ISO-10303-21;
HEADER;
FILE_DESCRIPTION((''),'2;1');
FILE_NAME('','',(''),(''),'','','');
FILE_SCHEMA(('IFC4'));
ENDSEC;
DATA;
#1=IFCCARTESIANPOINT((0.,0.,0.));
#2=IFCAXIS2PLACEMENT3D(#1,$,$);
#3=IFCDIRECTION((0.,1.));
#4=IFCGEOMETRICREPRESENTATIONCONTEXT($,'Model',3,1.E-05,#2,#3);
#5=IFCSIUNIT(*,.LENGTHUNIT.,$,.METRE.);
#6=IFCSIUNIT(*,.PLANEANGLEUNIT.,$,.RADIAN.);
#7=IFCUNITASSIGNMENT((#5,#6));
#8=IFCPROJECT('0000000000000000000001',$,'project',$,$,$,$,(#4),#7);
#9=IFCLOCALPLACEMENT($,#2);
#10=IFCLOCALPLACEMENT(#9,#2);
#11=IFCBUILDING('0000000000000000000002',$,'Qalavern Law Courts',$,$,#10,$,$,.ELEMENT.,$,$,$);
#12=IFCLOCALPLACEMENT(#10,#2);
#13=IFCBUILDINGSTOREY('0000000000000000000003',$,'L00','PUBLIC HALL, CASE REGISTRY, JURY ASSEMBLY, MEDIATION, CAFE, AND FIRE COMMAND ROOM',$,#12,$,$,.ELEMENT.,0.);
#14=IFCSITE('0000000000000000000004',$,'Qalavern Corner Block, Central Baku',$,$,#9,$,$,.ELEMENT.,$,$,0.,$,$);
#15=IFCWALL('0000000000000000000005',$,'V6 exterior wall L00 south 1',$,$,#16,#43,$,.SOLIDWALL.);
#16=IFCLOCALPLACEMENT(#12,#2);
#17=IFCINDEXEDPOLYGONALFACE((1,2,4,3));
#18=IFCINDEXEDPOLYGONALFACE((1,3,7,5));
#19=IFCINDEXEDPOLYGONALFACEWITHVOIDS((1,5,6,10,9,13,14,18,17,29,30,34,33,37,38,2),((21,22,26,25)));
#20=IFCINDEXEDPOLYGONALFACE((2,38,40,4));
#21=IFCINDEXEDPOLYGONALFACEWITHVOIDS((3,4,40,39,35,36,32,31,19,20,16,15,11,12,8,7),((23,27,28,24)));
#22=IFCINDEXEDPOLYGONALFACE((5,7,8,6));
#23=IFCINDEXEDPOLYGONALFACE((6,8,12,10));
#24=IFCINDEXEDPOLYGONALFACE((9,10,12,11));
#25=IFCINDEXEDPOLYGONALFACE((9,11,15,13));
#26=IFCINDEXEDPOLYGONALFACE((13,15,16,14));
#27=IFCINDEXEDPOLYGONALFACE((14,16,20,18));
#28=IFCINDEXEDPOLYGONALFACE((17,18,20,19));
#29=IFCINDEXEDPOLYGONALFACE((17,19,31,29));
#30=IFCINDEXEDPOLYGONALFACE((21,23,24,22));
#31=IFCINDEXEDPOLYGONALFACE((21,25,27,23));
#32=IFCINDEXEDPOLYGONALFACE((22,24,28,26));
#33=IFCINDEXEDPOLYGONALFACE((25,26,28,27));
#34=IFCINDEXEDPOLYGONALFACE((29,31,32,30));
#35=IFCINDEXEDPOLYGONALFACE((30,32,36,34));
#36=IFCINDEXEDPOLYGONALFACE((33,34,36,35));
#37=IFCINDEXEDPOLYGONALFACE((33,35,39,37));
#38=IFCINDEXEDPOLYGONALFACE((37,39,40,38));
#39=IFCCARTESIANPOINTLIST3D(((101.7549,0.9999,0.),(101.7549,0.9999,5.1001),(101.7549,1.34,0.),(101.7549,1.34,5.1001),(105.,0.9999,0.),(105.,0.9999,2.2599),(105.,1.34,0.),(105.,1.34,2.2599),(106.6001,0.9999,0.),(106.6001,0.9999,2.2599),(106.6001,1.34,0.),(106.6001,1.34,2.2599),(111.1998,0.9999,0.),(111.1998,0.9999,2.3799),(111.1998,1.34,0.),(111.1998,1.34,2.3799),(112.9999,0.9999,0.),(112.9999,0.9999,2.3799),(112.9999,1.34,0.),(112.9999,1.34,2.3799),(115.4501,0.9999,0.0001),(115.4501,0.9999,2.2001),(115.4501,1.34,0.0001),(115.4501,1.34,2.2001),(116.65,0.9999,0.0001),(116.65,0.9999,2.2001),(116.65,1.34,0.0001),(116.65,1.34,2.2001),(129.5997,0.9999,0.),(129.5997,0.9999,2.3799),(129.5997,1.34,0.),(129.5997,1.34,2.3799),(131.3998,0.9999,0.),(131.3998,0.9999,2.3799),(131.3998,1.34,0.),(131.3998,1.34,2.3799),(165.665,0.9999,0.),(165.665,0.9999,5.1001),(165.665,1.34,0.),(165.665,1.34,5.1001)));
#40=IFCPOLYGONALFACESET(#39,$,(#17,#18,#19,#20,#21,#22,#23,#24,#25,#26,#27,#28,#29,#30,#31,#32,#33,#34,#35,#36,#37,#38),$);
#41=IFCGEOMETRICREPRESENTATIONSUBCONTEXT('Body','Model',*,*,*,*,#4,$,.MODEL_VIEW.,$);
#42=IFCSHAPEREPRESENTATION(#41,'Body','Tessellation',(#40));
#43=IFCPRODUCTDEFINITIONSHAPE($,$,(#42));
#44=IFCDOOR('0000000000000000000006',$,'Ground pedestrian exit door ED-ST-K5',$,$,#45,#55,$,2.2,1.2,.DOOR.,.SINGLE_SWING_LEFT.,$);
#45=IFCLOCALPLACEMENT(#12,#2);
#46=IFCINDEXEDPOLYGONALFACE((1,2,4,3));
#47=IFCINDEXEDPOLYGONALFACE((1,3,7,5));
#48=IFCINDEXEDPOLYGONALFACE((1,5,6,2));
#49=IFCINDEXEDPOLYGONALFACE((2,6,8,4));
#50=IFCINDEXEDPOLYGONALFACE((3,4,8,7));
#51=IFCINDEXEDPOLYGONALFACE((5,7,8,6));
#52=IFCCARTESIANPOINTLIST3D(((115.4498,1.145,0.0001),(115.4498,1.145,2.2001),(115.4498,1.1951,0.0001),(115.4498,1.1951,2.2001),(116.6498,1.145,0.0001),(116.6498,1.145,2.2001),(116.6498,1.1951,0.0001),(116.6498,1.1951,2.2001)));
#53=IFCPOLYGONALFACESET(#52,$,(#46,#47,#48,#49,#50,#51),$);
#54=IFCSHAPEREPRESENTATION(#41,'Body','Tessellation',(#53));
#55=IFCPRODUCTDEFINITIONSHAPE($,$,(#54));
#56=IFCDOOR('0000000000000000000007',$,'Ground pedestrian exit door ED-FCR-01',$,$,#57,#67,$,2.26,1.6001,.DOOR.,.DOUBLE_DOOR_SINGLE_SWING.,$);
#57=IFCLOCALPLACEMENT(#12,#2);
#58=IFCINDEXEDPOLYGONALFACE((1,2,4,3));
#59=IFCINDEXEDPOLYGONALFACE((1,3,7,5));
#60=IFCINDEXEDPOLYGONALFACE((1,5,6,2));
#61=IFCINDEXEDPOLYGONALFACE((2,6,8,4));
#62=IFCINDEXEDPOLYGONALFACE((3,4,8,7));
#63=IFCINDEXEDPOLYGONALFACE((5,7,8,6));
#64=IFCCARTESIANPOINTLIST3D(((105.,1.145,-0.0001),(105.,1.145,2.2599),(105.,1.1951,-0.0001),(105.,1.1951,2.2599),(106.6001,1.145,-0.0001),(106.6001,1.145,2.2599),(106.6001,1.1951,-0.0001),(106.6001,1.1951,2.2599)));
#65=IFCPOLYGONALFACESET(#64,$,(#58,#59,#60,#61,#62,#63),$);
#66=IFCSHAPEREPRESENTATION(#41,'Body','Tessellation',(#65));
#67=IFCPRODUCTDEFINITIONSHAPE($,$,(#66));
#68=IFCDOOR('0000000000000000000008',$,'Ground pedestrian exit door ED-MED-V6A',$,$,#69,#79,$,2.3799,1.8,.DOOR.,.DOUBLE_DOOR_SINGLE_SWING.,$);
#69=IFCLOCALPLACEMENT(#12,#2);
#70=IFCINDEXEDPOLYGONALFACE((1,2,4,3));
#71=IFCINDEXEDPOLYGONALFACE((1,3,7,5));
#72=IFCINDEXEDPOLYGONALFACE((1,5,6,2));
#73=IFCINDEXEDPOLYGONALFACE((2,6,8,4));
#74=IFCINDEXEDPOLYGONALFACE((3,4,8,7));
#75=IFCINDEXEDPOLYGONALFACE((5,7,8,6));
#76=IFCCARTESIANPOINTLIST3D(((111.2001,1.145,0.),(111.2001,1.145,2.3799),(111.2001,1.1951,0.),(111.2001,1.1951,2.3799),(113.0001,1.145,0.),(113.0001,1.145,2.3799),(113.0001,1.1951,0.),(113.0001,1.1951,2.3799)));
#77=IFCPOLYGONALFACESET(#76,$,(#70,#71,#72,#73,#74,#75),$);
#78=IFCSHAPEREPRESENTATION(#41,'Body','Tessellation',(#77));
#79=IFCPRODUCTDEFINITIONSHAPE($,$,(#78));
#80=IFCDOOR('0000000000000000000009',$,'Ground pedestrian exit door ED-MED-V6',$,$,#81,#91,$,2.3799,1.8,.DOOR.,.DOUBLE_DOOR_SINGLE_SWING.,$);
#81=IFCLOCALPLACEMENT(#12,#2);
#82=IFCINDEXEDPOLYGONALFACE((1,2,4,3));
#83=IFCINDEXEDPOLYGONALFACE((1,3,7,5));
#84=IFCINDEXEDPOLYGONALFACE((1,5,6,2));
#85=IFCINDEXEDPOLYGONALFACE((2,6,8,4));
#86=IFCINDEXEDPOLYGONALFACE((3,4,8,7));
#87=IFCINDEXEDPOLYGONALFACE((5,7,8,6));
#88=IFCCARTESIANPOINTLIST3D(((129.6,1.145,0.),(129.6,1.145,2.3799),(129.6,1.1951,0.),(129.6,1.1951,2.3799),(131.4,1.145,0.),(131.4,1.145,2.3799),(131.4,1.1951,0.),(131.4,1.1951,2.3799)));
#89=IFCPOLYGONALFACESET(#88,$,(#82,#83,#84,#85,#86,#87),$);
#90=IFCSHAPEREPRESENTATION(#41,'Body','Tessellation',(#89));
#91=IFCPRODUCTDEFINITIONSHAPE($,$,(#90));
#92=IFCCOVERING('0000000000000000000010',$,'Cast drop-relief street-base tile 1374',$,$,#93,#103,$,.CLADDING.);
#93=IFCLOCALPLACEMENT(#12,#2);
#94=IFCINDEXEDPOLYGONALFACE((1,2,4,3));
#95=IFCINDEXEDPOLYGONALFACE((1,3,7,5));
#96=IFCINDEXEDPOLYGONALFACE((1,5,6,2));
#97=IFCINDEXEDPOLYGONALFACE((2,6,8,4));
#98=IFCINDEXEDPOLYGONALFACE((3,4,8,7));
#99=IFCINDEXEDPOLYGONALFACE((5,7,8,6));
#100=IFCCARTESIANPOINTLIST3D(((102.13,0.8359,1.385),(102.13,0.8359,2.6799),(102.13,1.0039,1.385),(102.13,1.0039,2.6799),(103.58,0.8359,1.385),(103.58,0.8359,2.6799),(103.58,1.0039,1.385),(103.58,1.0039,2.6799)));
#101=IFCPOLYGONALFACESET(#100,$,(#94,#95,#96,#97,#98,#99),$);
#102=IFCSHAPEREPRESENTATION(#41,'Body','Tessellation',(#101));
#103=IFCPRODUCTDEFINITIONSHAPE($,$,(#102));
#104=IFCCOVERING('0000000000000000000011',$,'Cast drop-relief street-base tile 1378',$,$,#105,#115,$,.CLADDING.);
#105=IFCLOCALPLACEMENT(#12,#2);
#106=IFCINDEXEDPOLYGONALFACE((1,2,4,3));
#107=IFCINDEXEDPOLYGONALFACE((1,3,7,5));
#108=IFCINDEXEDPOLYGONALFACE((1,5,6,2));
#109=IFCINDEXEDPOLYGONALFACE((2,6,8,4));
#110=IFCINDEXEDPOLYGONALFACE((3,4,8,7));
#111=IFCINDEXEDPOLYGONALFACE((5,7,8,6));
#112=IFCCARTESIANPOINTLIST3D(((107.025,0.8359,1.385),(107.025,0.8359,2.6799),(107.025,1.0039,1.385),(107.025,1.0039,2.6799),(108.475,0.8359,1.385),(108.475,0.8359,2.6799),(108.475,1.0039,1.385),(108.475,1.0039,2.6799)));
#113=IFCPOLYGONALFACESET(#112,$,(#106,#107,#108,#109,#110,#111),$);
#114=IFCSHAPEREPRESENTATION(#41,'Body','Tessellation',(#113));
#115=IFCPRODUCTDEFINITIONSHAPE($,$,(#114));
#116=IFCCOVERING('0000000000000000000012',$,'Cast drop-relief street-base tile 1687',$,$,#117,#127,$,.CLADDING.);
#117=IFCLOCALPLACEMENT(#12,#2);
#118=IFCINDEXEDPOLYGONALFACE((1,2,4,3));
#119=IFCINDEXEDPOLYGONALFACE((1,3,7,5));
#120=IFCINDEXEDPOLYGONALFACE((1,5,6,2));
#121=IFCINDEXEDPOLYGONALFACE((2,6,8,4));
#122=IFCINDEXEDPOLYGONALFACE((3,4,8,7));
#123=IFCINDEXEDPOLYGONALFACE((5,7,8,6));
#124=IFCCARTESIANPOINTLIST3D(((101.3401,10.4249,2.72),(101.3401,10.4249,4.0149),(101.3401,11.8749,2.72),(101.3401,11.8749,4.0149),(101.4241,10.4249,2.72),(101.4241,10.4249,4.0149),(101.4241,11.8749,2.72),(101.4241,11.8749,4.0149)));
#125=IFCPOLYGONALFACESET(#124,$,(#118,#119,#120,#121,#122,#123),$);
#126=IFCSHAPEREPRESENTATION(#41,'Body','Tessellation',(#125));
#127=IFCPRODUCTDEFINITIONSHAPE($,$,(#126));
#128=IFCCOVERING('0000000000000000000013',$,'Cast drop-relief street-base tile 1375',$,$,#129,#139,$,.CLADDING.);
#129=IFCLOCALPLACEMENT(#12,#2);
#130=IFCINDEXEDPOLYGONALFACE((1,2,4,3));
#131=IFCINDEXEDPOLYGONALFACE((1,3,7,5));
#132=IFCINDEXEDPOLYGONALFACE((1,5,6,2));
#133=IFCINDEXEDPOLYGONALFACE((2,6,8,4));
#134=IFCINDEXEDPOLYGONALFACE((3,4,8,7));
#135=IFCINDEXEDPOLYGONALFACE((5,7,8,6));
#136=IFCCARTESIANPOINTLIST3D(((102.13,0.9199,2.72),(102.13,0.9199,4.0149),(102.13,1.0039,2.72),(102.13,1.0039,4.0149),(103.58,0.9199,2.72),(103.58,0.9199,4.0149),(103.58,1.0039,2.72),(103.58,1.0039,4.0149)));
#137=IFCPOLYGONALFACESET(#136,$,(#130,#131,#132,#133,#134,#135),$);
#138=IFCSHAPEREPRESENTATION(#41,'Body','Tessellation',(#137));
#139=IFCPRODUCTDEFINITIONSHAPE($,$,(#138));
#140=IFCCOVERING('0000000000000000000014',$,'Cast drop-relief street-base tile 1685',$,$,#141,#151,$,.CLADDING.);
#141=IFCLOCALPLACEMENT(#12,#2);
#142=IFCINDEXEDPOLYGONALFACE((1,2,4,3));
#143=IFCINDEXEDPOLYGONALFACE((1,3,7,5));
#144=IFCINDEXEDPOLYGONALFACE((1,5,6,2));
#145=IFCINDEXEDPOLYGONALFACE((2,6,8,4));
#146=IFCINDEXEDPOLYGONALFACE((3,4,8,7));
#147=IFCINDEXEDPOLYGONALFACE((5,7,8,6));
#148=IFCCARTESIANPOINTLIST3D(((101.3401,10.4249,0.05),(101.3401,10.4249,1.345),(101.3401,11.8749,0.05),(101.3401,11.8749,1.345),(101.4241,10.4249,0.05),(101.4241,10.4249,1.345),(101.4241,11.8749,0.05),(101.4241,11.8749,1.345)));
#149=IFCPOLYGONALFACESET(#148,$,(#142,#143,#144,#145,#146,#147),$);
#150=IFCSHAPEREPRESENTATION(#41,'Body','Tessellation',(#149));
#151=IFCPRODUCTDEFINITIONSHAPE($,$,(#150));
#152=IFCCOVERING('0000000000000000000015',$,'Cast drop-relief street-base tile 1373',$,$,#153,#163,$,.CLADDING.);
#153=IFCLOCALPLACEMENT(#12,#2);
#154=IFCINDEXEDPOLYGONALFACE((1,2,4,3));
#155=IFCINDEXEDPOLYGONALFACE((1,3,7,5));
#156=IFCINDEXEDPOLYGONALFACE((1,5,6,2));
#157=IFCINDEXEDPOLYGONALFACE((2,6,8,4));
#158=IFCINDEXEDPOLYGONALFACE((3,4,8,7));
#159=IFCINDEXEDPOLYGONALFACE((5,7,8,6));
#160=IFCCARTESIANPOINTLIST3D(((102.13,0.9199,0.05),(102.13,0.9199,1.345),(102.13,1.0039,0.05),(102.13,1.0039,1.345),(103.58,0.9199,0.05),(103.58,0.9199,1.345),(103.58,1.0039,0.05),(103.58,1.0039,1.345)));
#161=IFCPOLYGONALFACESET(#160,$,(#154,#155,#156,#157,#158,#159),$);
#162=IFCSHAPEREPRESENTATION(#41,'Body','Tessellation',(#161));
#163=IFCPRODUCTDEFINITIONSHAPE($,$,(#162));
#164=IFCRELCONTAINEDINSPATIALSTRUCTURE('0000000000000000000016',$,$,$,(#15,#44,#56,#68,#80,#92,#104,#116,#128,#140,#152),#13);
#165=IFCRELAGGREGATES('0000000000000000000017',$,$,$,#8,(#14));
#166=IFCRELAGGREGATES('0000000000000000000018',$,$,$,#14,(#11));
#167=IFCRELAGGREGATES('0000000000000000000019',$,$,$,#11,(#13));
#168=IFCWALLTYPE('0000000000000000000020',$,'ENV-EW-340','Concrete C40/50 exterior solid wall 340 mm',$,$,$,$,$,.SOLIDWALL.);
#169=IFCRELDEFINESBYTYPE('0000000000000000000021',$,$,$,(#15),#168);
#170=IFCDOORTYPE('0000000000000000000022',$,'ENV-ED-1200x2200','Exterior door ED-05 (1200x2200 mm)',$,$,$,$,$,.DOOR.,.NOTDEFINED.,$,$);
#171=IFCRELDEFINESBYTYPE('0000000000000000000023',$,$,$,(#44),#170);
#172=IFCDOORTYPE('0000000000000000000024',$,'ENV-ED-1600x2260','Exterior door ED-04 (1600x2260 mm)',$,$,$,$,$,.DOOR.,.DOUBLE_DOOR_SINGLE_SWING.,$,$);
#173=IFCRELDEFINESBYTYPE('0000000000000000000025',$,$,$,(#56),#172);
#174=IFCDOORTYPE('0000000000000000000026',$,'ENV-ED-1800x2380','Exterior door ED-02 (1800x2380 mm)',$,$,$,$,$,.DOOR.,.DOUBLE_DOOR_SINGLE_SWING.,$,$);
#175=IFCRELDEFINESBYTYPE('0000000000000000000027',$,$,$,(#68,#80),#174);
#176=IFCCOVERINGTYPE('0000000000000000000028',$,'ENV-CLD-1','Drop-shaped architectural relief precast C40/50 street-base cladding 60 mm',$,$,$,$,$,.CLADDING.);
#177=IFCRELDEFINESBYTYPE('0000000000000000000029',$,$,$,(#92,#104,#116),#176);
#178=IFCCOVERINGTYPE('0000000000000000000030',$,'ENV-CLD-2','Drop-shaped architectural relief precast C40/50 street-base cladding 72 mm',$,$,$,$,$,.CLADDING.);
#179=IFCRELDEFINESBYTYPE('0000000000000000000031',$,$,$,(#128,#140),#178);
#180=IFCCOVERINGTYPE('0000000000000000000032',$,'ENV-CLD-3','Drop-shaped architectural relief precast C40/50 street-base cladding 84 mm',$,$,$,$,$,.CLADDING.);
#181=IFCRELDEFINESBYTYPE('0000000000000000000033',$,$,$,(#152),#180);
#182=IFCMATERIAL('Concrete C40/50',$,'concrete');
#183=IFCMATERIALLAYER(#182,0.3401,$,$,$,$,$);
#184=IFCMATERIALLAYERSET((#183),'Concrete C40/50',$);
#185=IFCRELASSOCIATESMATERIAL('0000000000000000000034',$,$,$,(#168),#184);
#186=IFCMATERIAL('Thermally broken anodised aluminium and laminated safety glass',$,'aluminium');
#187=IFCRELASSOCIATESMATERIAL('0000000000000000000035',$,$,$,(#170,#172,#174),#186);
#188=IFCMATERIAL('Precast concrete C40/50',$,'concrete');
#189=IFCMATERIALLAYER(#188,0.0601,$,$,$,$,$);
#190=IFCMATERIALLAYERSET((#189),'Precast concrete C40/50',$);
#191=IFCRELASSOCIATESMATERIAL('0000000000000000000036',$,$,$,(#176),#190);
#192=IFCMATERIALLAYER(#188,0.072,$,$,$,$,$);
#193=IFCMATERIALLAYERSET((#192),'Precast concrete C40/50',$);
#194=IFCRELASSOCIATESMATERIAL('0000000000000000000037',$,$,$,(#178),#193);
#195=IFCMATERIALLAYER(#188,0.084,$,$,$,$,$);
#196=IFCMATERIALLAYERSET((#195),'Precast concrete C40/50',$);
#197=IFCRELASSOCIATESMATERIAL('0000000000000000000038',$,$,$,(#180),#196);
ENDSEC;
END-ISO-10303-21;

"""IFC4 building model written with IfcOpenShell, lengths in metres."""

from ifc_helpers import new_model, si_unit, direction, frame, frame_2d, origin, origin_2d, place, context, subcontext, project, spatial, rectangle, extrude, material, layer, layer_set, type_object, element, fill, save


model = new_model("IFC4")

# Units and contexts
model_context = context("Model", 3, precision=1e-05, world=origin(), true_north=direction((0.0, 1.0)))
body_context = subcontext(model_context, "Body", "Model", "MODEL_VIEW")
ifc_project = project(units=[si_unit("LENGTHUNIT", "METRE"), si_unit("PLANEANGLEUNIT", "RADIAN")], contexts=[model_context])

# Site, building, storey
site_placement = place(None, origin())
site = spatial("IfcSite", under=ifc_project, at=site_placement, Name="Qalavern Corner Block, Central Baku", CompositionType="ELEMENT", RefElevation=0.0)
building_placement = place(site_placement, origin())
building = spatial("IfcBuilding", under=site, at=building_placement, Name="Qalavern Law Courts", CompositionType="ELEMENT")
storey_placement = place(building_placement, origin())
storey = spatial("IfcBuildingStorey", under=building, at=storey_placement, Name="L00", Description="PUBLIC HALL, CASE REGISTRY, JURY ASSEMBLY, MEDIATION, CAFE, AND FIRE COMMAND ROOM", CompositionType="ELEMENT", Elevation=0.0)

# Shared definitions
ifc_material_1 = material(Name="Concrete C40/50", Category="concrete")

# Wall, openings, doors
ifc_layer_1 = layer(ifc_material_1, 0.3401)
ifc_layer_set_1 = layer_set([ifc_layer_1], Name="Concrete C40/50")
wall_type = type_object("IfcWallType", Name="ENV-EW-340", Description="Concrete C40/50 exterior solid wall 340 mm", PredefinedType="SOLIDWALL", material=ifc_layer_set_1)
wall_placement = place(storey_placement, frame((101.7549, 1.1699, 0.0), z_axis=(0.0, 0.0, 1.0), x_axis=(1.0, 0.0, 0.0)))
wall = element("IfcWall", 1, at=wall_placement, inside=storey, type_object=wall_type, Name="V6 exterior wall L00 south 1", PredefinedType="SOLIDWALL", context=body_context, shape_type="SweptSolid", body=[
    extrude(rectangle(XDim=63.9102, YDim=0.3401, at=frame_2d((31.9551, 0.0))), origin(), (0.0, 0.0, 1.0), 5.1001),
])
opening_1_placement = place(wall_placement, frame((3.2451, 0.0, 0.0)))
opening_1 = element("IfcOpeningElement", 2, at=opening_1_placement, cuts=wall, PredefinedType="OPENING", context=body_context, shape_type="SweptSolid", body=[
    extrude(rectangle(XDim=1.6001, YDim=2.26, at=frame_2d((0.8, 1.1299))), frame((0.0, 0.1851, 0.0), z_axis=(0.0, -1.0, 0.0), x_axis=(1.0, 0.0, 0.0)), (0.0, 0.0, 1.0), 0.3699),
])
opening_2_placement = place(wall_placement, frame((9.4451, 0.0, 0.0)))
opening_2 = element("IfcOpeningElement", 3, at=opening_2_placement, cuts=wall, PredefinedType="OPENING", context=body_context, shape_type="SweptSolid", body=[
    extrude(rectangle(XDim=1.8, YDim=2.3799, at=frame_2d((0.8999, 1.1899))), frame((0.0, 0.1851, 0.0), z_axis=(0.0, -1.0, 0.0), x_axis=(1.0, 0.0, 0.0)), (0.0, 0.0, 1.0), 0.3699),
])
opening_3_placement = place(wall_placement, frame((13.6951, 0.0, 0.0)))
opening_3 = element("IfcOpeningElement", 4, at=opening_3_placement, cuts=wall, PredefinedType="OPENING", context=body_context, shape_type="SweptSolid", body=[
    extrude(rectangle(XDim=1.2, YDim=2.2, at=frame_2d((0.6001, 1.1001))), frame((0.0, 0.1851, 0.0), z_axis=(0.0, -1.0, 0.0), x_axis=(1.0, 0.0, 0.0)), (0.0, 0.0, 1.0), 0.3699),
])
opening_4_placement = place(wall_placement, frame((27.845, 0.0, 0.0)))
opening_4 = element("IfcOpeningElement", 5, at=opening_4_placement, cuts=wall, PredefinedType="OPENING", context=body_context, shape_type="SweptSolid", body=[
    extrude(rectangle(XDim=1.8, YDim=2.3799, at=frame_2d((0.8999, 1.1899))), frame((0.0, 0.1851, 0.0), z_axis=(0.0, -1.0, 0.0), x_axis=(1.0, 0.0, 0.0)), (0.0, 0.0, 1.0), 0.3699),
])
ifc_material_2 = material(Name="Thermally broken anodised aluminium and laminated safety glass", Category="aluminium")
door_type_1 = type_object("IfcDoorType", Name="ENV-ED-1200x2200", Description="Exterior door ED-05 (1200x2200 mm)", OperationType="NOTDEFINED", PredefinedType="DOOR", material=ifc_material_2)
door_1_placement = place(opening_3_placement, frame((1.2, 0.0, 0.0), z_axis=(0.0, 0.0, 1.0), x_axis=(-1.0, 0.0, 0.0)))
door_1 = element("IfcDoor", 6, at=door_1_placement, inside=storey, type_object=door_type_1, Name="Ground pedestrian exit door ED-ST-K5", OperationType="SINGLE_SWING_LEFT", OverallHeight=2.2, OverallWidth=1.2, PredefinedType="DOOR", context=body_context, shape_type="SweptSolid", body=[
    extrude(rectangle(XDim=1.2, YDim=2.2, at=frame_2d((0.6001, 1.1001))), frame((0.0, 0.0249, 0.0), z_axis=(0.0, -1.0, 0.0), x_axis=(1.0, 0.0, 0.0)), (0.0, 0.0, 1.0), 0.05),
])
fill(opening_3, door_1)
door_type_2 = type_object("IfcDoorType", Name="ENV-ED-1600x2260", Description="Exterior door ED-04 (1600x2260 mm)", OperationType="DOUBLE_DOOR_SINGLE_SWING", PredefinedType="DOOR", material=ifc_material_2)
door_2_placement = place(opening_1_placement, frame((1.6001, 0.0, 0.0), z_axis=(0.0, 0.0, 1.0), x_axis=(-1.0, 0.0, 0.0)))
door_2 = element("IfcDoor", 7, at=door_2_placement, inside=storey, type_object=door_type_2, Name="Ground pedestrian exit door ED-FCR-01", OperationType="DOUBLE_DOOR_SINGLE_SWING", OverallHeight=2.26, OverallWidth=1.6001, PredefinedType="DOOR", context=body_context, shape_type="SweptSolid", body=[
    extrude(rectangle(XDim=1.6001, YDim=2.26, at=frame_2d((0.8, 1.1299))), frame((0.0, 0.0249, 0.0), z_axis=(0.0, -1.0, 0.0), x_axis=(1.0, 0.0, 0.0)), (0.0, 0.0, 1.0), 0.05),
])
fill(opening_1, door_2)
door_type_3 = type_object("IfcDoorType", Name="ENV-ED-1800x2380", Description="Exterior door ED-02 (1800x2380 mm)", OperationType="DOUBLE_DOOR_SINGLE_SWING", PredefinedType="DOOR", material=ifc_material_2)
door_3_placement = place(opening_2_placement, frame((1.8, 0.0, 0.0), z_axis=(0.0, 0.0, 1.0), x_axis=(-1.0, 0.0, 0.0)))
door_3 = element("IfcDoor", 8, at=door_3_placement, inside=storey, type_object=door_type_3, Name="Ground pedestrian exit door ED-MED-V6A", OperationType="DOUBLE_DOOR_SINGLE_SWING", OverallHeight=2.3799, OverallWidth=1.8, PredefinedType="DOOR", context=body_context, shape_type="SweptSolid", body=[
    extrude(rectangle(XDim=1.8, YDim=2.3799, at=frame_2d((0.8999, 1.1899))), frame((0.0, 0.0249, 0.0), z_axis=(0.0, -1.0, 0.0), x_axis=(1.0, 0.0, 0.0)), (0.0, 0.0, 1.0), 0.05),
])
fill(opening_2, door_3)
door_4_placement = place(opening_4_placement, frame((1.8, 0.0, 0.0), z_axis=(0.0, 0.0, 1.0), x_axis=(-1.0, 0.0, 0.0)))
door_4 = element("IfcDoor", 9, at=door_4_placement, inside=storey, type_object=door_type_3, Name="Ground pedestrian exit door ED-MED-V6", OperationType="DOUBLE_DOOR_SINGLE_SWING", OverallHeight=2.3799, OverallWidth=1.8, PredefinedType="DOOR", context=body_context, shape_type="SweptSolid", body=[
    extrude(rectangle(XDim=1.8, YDim=2.3799, at=frame_2d((0.8999, 1.1899))), frame((0.0, 0.0249, 0.0), z_axis=(0.0, -1.0, 0.0), x_axis=(1.0, 0.0, 0.0)), (0.0, 0.0, 1.0), 0.05),
])
fill(opening_4, door_4)

# Coverings
ifc_material_3 = material(Name="Precast concrete C40/50", Category="concrete")
ifc_layer_2 = layer(ifc_material_3, 0.0601)
ifc_layer_set_2 = layer_set([ifc_layer_2], Name="Precast concrete C40/50")
covering_type_1 = type_object("IfcCoveringType", Name="ENV-CLD-1", Description="Drop-shaped architectural relief precast C40/50 street-base cladding 60 mm", PredefinedType="CLADDING", material=ifc_layer_set_2)
for number, where, z_axis, x_axis, name in (
    (10, (102.855, 0.9199, 1.385), (0.0, 0.0, 1.0), (1.0, 0.0, 0.0), "Cast drop-relief street-base tile 1374"),
    (11, (107.75, 0.9199, 1.385), (0.0, 0.0, 1.0), (1.0, 0.0, 0.0), "Cast drop-relief street-base tile 1378"),
):
    element("IfcCovering", number, at=place(storey_placement, frame(where, z_axis=z_axis, x_axis=x_axis)), inside=storey, type_object=covering_type_1, Name=name, PredefinedType="CLADDING", context=body_context, shape_type="SweptSolid", body=[
        extrude(rectangle(XDim=1.45, YDim=0.168, at=origin_2d()), origin(), (0.0, 0.0, 1.0), 1.2949),
    ])
covering_1_placement = place(storey_placement, frame((101.3821, 11.1499, 2.72), z_axis=(0.0, 0.0, 1.0), x_axis=(0.0, -1.0, 0.0)))
element("IfcCovering", 12, at=covering_1_placement, inside=storey, type_object=covering_type_1, Name="Cast drop-relief street-base tile 1687", PredefinedType="CLADDING", context=body_context, shape_type="SweptSolid", body=[
    extrude(rectangle(XDim=1.45, YDim=0.084, at=origin_2d()), origin(), (0.0, 0.0, 1.0), 1.2949),
])
ifc_layer_3 = layer(ifc_material_3, 0.072)
ifc_layer_set_3 = layer_set([ifc_layer_3], Name="Precast concrete C40/50")
covering_type_2 = type_object("IfcCoveringType", Name="ENV-CLD-2", Description="Drop-shaped architectural relief precast C40/50 street-base cladding 72 mm", PredefinedType="CLADDING", material=ifc_layer_set_3)
for number, where, z_axis, x_axis, name in (
    (13, (102.855, 0.9619, 2.72), (0.0, 0.0, 1.0), (1.0, 0.0, 0.0), "Cast drop-relief street-base tile 1375"),
    (14, (101.3821, 11.1499, 0.05), (0.0, 0.0, 1.0), (0.0, -1.0, 0.0), "Cast drop-relief street-base tile 1685"),
):
    element("IfcCovering", number, at=place(storey_placement, frame(where, z_axis=z_axis, x_axis=x_axis)), inside=storey, type_object=covering_type_2, Name=name, PredefinedType="CLADDING", context=body_context, shape_type="SweptSolid", body=[
        extrude(rectangle(XDim=1.45, YDim=0.084, at=origin_2d()), origin(), (0.0, 0.0, 1.0), 1.2949),
    ])
ifc_layer_4 = layer(ifc_material_3, 0.084)
ifc_layer_set_4 = layer_set([ifc_layer_4], Name="Precast concrete C40/50")
covering_type_3 = type_object("IfcCoveringType", Name="ENV-CLD-3", Description="Drop-shaped architectural relief precast C40/50 street-base cladding 84 mm", PredefinedType="CLADDING", material=ifc_layer_set_4)
covering_2_placement = place(storey_placement, frame((102.855, 0.9619, 0.05), z_axis=(0.0, 0.0, 1.0), x_axis=(1.0, 0.0, 0.0)))
element("IfcCovering", 15, at=covering_2_placement, inside=storey, type_object=covering_type_3, Name="Cast drop-relief street-base tile 1373", PredefinedType="CLADDING", context=body_context, shape_type="SweptSolid", body=[
    extrude(rectangle(XDim=1.45, YDim=0.084, at=origin_2d()), origin(), (0.0, 0.0, 1.0), 1.2949),
])

save(model, "model.ifc")
